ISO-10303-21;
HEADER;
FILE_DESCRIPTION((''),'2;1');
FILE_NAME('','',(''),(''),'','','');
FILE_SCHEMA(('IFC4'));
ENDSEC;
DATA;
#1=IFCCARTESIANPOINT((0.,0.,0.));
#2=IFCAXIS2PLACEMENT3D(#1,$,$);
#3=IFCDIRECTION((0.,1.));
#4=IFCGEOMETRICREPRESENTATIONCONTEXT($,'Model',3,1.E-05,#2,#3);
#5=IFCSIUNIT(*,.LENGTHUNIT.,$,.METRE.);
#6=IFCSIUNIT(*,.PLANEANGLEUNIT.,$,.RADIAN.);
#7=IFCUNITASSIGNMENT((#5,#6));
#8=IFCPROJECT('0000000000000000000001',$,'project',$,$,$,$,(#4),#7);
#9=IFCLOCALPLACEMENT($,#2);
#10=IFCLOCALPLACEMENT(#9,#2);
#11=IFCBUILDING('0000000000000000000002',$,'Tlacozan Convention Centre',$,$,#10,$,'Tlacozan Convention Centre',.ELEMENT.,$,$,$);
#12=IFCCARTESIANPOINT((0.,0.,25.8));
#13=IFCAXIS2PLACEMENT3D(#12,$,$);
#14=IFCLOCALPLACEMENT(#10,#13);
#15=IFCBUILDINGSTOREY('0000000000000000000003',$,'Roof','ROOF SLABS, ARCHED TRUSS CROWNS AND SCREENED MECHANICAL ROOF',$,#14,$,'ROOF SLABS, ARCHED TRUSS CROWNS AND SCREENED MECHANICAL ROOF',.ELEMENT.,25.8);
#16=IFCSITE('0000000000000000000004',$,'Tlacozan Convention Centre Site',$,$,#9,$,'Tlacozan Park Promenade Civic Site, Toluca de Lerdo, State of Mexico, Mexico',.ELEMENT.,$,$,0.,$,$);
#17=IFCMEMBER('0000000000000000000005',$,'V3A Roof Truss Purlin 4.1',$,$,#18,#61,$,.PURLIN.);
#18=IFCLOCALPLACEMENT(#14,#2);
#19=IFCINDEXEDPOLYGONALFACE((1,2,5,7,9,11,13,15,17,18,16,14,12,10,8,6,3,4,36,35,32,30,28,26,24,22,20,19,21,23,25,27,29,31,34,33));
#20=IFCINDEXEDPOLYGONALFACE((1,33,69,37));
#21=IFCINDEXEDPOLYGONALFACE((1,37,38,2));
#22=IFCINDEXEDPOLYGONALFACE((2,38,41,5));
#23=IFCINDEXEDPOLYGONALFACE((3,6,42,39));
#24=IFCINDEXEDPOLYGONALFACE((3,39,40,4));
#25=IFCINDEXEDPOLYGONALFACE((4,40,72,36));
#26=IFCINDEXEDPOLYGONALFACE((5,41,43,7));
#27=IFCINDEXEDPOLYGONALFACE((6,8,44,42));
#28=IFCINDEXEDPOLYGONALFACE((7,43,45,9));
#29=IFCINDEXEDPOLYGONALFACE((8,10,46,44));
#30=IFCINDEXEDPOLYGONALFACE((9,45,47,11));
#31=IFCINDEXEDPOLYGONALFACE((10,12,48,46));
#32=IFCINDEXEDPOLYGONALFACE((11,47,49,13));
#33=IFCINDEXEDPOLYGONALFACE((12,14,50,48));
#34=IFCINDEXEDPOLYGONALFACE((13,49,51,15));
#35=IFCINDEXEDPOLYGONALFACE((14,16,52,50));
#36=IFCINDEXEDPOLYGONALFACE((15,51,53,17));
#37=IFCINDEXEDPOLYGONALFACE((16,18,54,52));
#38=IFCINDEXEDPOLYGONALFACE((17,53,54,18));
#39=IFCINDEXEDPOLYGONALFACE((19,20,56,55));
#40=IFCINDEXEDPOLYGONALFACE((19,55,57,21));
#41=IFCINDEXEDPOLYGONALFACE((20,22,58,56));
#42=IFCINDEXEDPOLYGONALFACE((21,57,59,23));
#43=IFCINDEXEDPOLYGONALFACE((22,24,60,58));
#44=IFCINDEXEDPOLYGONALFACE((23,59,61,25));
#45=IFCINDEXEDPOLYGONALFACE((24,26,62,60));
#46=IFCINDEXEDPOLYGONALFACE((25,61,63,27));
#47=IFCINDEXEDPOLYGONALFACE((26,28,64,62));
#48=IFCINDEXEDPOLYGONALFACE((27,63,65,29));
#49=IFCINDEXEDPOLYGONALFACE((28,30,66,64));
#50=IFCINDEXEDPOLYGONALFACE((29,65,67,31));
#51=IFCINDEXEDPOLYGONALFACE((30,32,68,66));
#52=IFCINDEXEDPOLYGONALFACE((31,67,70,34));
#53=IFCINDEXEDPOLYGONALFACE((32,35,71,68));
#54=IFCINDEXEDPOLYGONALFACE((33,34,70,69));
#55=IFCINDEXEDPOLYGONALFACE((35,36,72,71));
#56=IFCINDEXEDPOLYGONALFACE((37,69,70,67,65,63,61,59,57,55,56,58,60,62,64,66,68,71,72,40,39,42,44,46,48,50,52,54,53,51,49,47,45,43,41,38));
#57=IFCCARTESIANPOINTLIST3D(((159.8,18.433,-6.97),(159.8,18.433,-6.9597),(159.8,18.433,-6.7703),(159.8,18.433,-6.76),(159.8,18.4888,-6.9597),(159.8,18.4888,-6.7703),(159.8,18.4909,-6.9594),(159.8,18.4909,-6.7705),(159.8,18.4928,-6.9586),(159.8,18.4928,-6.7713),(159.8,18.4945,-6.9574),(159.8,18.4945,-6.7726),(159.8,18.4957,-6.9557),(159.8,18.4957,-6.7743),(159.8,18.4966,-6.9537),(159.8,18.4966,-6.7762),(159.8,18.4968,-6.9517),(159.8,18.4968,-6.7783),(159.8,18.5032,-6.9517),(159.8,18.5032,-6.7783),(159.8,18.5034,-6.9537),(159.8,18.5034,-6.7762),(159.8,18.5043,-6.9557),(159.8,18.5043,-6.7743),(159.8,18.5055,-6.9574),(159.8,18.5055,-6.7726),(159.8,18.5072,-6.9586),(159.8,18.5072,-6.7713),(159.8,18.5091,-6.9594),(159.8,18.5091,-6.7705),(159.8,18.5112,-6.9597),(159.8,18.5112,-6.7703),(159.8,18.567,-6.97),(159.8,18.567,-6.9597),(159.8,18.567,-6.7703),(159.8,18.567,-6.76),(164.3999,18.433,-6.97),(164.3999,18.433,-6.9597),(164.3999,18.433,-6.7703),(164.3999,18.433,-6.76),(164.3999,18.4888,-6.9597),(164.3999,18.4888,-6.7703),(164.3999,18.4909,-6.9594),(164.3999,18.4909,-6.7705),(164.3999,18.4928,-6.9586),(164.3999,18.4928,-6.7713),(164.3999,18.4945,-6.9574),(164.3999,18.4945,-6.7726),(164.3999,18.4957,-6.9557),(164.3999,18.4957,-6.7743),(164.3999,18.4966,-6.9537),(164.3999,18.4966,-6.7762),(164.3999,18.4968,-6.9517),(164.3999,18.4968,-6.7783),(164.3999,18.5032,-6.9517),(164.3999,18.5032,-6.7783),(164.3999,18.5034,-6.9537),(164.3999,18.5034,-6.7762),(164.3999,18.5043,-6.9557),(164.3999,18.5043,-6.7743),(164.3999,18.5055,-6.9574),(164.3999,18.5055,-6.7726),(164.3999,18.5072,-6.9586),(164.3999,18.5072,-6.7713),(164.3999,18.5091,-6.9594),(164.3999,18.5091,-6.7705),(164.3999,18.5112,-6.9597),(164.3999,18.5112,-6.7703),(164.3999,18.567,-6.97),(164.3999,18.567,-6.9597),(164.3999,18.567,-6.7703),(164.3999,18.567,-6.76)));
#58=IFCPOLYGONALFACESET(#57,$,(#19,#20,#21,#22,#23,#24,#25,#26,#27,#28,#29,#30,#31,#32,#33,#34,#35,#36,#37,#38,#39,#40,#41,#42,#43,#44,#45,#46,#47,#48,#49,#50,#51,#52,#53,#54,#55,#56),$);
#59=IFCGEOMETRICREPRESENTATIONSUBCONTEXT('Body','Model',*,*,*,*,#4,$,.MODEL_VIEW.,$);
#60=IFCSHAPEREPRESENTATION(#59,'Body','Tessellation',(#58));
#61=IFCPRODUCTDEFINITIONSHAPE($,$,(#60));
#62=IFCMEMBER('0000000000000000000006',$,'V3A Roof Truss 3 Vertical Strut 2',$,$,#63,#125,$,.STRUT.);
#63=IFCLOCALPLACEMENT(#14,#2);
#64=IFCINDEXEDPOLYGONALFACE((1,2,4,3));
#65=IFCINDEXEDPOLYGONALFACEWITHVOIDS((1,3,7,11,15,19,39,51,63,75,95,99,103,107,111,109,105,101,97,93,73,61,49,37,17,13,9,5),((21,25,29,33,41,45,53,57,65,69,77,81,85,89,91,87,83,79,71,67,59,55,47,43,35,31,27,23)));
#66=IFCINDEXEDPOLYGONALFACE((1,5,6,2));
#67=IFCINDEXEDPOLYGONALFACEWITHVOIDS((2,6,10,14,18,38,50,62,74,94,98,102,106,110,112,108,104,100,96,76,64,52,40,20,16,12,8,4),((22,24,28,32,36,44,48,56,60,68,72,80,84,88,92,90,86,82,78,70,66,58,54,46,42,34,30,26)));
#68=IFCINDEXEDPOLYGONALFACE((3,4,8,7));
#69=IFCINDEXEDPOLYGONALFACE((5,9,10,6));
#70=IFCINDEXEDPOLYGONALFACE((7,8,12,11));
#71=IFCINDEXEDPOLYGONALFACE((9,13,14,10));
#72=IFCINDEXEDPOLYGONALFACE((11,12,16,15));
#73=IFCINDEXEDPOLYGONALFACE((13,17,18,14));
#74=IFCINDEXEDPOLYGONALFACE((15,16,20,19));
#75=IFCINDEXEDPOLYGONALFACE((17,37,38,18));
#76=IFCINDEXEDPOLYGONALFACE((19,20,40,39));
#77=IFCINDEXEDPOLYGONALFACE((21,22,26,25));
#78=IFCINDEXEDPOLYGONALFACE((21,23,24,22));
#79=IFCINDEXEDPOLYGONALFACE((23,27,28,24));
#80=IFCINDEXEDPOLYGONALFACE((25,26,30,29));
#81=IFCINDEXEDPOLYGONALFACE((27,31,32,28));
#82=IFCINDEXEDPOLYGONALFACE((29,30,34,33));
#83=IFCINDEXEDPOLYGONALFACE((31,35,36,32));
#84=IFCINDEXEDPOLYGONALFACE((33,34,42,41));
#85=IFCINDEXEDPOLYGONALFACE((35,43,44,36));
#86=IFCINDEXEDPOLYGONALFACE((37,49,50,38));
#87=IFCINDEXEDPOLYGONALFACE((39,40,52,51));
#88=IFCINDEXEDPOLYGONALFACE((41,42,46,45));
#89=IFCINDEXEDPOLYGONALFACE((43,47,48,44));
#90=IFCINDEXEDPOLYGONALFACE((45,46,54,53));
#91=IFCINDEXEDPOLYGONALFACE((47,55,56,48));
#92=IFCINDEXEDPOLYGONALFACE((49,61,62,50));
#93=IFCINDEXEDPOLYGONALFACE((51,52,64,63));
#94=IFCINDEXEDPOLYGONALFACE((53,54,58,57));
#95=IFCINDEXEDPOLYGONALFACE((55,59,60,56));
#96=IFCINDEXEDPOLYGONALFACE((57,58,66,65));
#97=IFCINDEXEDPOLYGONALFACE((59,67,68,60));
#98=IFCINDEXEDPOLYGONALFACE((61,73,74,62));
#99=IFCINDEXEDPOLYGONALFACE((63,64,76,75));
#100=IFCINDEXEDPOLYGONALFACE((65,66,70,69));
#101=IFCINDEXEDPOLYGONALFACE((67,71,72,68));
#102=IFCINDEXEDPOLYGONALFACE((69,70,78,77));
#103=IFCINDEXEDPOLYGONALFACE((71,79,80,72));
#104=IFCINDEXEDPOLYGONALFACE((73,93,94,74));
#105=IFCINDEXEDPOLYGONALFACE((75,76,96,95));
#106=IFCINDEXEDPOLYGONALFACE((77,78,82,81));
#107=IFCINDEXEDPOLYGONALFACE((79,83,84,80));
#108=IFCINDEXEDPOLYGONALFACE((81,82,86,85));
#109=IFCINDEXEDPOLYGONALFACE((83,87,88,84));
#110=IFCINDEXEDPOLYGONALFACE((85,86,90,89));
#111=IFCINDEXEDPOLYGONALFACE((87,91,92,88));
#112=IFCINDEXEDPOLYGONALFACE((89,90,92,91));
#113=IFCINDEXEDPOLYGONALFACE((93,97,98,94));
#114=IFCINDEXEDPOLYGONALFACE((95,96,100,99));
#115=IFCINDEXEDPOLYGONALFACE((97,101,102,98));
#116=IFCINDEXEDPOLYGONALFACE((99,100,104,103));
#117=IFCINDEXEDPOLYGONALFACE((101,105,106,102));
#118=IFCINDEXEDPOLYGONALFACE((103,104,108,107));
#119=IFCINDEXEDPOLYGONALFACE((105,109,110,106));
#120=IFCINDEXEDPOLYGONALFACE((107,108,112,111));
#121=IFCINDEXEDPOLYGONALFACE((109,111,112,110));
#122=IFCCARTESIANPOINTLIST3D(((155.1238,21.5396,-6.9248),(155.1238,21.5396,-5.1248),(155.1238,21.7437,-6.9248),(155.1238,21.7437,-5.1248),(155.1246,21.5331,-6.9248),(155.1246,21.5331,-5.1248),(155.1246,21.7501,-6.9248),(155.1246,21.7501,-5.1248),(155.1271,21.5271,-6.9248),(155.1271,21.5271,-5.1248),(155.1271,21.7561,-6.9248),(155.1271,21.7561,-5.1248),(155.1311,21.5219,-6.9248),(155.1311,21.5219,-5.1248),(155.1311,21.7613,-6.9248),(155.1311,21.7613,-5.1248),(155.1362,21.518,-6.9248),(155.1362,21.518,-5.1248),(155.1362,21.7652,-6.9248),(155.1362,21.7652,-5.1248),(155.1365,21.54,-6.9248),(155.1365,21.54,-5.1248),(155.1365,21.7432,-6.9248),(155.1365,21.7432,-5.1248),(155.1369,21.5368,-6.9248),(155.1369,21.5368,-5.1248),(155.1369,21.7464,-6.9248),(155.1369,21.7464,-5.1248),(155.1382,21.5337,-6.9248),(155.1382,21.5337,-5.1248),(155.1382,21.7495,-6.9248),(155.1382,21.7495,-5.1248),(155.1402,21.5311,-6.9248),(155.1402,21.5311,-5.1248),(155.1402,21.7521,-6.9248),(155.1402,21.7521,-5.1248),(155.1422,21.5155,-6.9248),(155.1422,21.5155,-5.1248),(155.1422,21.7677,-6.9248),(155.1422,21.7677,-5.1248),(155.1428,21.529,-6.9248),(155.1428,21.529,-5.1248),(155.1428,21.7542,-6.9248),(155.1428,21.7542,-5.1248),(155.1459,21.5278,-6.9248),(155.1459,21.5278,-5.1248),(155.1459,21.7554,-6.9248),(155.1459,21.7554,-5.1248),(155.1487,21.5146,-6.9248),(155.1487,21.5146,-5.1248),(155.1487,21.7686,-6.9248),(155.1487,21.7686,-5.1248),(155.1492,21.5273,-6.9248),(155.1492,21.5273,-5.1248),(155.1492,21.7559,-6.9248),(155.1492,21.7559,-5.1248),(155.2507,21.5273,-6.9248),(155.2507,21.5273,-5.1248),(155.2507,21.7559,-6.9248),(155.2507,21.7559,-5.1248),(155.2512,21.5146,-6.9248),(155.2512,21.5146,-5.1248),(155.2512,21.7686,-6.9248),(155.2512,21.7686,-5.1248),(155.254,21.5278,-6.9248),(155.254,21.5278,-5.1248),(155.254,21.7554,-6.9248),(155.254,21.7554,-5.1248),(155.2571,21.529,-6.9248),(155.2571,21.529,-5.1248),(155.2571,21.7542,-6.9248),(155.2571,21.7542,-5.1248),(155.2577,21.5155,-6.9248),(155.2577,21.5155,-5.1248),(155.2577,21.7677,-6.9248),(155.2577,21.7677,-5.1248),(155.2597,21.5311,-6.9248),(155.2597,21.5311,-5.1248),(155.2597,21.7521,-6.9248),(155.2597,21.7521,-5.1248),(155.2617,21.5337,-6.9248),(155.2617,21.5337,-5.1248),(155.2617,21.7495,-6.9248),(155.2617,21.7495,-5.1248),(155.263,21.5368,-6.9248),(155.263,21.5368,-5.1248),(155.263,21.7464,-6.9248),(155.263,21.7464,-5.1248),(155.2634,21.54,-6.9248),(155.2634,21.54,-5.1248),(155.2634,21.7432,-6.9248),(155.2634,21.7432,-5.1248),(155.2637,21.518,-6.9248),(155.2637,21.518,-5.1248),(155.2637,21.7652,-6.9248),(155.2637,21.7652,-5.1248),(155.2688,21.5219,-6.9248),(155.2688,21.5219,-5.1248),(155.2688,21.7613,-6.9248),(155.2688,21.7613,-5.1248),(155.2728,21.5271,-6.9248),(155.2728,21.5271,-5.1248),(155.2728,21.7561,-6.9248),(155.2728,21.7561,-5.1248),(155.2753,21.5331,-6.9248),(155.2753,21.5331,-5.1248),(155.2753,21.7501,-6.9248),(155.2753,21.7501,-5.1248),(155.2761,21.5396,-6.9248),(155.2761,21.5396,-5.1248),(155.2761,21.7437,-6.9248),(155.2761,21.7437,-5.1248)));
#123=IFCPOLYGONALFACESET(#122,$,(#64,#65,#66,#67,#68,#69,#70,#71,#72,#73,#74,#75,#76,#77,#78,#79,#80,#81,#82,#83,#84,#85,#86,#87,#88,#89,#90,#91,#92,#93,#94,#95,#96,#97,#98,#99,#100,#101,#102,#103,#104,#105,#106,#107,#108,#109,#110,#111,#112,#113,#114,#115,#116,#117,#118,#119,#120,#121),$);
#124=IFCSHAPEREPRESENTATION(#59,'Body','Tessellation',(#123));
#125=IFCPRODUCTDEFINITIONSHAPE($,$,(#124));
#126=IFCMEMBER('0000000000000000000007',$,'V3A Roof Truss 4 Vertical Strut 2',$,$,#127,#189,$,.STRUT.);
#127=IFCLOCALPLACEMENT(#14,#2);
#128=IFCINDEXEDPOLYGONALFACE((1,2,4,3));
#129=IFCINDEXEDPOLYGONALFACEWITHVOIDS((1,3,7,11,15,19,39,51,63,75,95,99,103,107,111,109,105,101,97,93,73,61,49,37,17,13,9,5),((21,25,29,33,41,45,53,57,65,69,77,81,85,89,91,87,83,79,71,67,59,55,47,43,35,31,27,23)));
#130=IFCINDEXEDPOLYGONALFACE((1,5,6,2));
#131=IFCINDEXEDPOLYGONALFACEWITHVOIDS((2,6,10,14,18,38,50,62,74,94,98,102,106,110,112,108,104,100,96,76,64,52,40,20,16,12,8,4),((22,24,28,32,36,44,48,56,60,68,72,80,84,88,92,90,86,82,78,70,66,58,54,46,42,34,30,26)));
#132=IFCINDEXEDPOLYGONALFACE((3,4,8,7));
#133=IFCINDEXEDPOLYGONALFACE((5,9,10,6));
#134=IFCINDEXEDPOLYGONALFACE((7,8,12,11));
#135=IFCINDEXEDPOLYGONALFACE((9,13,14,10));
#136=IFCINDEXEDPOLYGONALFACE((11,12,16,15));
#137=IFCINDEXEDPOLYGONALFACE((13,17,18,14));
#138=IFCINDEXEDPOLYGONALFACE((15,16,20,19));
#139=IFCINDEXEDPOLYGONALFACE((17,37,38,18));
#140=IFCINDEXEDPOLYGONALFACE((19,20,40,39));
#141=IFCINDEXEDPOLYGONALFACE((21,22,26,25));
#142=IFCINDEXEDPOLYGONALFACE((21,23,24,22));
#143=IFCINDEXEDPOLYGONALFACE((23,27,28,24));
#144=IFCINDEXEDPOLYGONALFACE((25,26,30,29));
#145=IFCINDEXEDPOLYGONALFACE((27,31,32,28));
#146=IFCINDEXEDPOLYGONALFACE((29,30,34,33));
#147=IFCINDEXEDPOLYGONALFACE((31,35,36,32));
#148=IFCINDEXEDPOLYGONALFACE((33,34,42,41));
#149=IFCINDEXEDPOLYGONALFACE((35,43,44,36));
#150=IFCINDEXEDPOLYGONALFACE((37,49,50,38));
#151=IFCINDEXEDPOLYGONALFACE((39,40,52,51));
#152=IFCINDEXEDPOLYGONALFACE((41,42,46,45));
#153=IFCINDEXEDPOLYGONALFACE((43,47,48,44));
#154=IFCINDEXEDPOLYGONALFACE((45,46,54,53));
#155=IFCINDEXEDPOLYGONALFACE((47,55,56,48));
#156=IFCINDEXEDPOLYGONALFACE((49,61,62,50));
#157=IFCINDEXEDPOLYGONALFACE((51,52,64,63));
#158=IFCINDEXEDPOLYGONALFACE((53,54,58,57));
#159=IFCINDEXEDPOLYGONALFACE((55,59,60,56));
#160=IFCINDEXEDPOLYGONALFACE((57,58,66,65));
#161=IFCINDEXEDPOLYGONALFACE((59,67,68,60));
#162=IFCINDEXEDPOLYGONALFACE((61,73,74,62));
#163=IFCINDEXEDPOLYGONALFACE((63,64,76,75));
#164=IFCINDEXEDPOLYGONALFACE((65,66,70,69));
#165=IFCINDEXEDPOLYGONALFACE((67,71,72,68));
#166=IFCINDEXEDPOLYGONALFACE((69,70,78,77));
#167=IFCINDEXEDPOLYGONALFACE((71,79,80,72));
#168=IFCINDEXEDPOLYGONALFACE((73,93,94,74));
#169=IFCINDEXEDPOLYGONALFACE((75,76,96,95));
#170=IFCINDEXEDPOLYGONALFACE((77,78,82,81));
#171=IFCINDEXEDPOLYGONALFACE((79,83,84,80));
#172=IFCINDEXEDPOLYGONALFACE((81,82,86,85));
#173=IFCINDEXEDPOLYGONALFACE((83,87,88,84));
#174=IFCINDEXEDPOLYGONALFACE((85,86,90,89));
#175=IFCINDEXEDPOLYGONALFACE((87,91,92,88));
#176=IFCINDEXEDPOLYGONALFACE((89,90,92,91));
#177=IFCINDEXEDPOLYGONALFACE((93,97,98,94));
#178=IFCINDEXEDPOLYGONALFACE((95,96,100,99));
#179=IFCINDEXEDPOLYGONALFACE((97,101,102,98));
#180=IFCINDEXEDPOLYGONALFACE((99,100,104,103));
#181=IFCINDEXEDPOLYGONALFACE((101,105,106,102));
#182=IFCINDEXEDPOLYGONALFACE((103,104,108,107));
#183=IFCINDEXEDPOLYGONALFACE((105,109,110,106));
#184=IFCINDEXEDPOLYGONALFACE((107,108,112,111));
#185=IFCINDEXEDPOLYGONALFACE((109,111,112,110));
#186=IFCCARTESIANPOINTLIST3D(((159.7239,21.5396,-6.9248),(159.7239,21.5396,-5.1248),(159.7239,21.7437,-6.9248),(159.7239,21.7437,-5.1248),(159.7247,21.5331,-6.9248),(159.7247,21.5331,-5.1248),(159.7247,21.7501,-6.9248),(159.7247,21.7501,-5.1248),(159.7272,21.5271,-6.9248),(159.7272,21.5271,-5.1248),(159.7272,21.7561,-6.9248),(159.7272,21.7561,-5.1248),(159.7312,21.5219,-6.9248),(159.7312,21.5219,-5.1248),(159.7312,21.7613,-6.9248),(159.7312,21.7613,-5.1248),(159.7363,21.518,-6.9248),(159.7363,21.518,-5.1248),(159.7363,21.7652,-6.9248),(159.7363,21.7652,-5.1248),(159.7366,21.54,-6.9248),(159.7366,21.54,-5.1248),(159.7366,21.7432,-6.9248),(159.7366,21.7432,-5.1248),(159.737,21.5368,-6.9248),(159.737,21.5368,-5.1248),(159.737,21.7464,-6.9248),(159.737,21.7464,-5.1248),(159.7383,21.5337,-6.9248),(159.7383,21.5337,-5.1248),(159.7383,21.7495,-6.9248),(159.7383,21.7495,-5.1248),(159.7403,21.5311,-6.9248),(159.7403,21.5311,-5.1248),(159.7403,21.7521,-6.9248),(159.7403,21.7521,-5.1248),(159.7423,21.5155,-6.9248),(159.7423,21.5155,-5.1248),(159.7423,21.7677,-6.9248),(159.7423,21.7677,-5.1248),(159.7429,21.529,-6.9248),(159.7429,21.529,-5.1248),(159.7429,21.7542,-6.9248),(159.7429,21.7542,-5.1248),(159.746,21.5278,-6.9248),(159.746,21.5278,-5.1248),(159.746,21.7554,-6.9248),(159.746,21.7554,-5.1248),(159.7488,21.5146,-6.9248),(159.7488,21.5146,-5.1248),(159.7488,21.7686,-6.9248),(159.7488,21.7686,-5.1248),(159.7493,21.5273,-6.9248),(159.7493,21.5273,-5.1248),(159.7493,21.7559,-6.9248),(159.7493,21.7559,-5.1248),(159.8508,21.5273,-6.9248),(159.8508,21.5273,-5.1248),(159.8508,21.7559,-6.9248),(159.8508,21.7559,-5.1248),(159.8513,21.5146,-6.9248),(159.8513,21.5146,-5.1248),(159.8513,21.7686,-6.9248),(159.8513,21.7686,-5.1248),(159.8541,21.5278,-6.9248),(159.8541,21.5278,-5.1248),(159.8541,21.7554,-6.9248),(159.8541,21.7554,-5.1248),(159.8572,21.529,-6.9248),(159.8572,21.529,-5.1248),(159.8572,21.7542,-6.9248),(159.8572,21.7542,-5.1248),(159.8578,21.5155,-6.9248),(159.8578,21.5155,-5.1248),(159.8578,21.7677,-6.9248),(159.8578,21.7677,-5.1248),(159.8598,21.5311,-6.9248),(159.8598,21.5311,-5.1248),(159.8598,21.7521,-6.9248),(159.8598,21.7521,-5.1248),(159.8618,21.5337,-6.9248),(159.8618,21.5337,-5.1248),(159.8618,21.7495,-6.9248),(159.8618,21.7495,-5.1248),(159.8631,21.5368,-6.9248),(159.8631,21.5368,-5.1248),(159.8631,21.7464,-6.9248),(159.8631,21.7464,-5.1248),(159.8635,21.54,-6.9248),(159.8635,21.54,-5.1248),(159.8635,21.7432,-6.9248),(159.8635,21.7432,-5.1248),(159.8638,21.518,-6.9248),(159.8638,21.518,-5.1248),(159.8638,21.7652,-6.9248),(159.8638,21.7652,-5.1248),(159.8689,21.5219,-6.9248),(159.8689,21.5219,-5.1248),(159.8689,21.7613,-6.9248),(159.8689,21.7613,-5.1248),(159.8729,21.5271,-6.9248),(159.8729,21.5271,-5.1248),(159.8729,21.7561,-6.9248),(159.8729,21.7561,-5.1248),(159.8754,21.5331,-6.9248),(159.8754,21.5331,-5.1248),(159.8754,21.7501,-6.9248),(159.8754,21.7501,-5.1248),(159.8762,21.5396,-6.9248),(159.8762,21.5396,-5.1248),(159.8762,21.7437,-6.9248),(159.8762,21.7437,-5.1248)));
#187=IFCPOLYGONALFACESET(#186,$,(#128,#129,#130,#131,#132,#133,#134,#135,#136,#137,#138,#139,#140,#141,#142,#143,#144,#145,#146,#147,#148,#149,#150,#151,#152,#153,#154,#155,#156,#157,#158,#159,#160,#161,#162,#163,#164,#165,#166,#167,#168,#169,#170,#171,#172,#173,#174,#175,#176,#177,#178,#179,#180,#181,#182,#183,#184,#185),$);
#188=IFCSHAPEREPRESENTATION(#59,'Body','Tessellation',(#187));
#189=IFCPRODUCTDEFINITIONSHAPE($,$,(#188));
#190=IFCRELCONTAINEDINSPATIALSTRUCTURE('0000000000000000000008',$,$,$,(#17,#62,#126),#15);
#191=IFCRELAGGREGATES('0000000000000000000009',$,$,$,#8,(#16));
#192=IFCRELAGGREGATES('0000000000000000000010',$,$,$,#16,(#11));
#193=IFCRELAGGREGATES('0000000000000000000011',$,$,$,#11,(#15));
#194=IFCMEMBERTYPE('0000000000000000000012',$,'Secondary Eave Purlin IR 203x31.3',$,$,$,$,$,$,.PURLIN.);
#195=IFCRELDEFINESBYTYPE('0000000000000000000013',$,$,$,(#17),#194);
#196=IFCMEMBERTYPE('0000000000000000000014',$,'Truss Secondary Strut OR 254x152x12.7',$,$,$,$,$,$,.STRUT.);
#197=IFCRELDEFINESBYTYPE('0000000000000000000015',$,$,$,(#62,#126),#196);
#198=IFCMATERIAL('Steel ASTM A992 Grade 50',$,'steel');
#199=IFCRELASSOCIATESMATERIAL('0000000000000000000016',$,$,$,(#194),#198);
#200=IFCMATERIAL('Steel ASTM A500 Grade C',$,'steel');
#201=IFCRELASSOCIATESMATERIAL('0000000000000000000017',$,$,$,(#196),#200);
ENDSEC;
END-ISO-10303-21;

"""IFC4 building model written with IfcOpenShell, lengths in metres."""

from ifc_helpers import new_model, si_unit, direction, frame, origin, origin_2d, place, context, subcontext, project, spatial, hollow_rectangle, i_section, extrude, material, material_profile, profile_set, type_object, element, save


model = new_model("IFC4")

# Units and contexts
model_context = context("Model", 3, precision=1e-05, world=origin(), true_north=direction((0.0, 1.0)))
body_context = subcontext(model_context, "Body", "Model", "MODEL_VIEW")
ifc_project = project(units=[si_unit("LENGTHUNIT", "METRE"), si_unit("PLANEANGLEUNIT", "RADIAN")], contexts=[model_context])

# Site, building, storey
site_placement = place(None, origin())
site = spatial("IfcSite", under=ifc_project, at=site_placement, Name="Tlacozan Convention Centre Site", LongName="Tlacozan Park Promenade Civic Site, Toluca de Lerdo, State of Mexico, Mexico", CompositionType="ELEMENT", RefElevation=0.0)
building_placement = place(site_placement, origin())
building = spatial("IfcBuilding", under=site, at=building_placement, Name="Tlacozan Convention Centre", LongName="Tlacozan Convention Centre", CompositionType="ELEMENT")
storey_placement = place(building_placement, frame((0.0, 0.0, 25.8)))
storey = spatial("IfcBuildingStorey", under=building, at=storey_placement, Name="Roof", Description="ROOF SLABS, ARCHED TRUSS CROWNS AND SCREENED MECHANICAL ROOF", LongName="ROOF SLABS, ARCHED TRUSS CROWNS AND SCREENED MECHANICAL ROOF", CompositionType="ELEMENT", Elevation=25.8)

# Members
ifc_material_1 = material(Name="Steel ASTM A500 Grade C", Category="steel")
ifc_material_2 = material(Name="Steel ASTM A992 Grade 50", Category="steel")
ifc_material_profile_1 = material_profile(ifc_material_2, i_section(OverallWidth=0.134, OverallDepth=0.21, WebThickness=0.0063, FlangeThickness=0.0103, FilletRadius=0.0081, at=origin_2d()), Name="IR 203x31.3")
ifc_profile_set_1 = profile_set([ifc_material_profile_1], Name="Steel ASTM A992 Grade 50")
member_type_1 = type_object("IfcMemberType", Name="Secondary Eave Purlin IR 203x31.3", PredefinedType="PURLIN", material=ifc_profile_set_1)
member_1_placement = place(storey_placement, frame((159.8, 18.5, -6.865), z_axis=(1.0, 0.0, 0.0), x_axis=(0.0, 1.0, 0.0)))
element("IfcMember", 1, at=member_1_placement, inside=storey, type_object=member_type_1, Name="V3A Roof Truss Purlin 4.1", PredefinedType="PURLIN", context=body_context, shape_type="SweptSolid", body=[
    extrude(i_section(OverallWidth=0.134, OverallDepth=0.21, WebThickness=0.0063, FlangeThickness=0.0103, FilletRadius=0.0081, at=origin_2d()), origin(), (0.0, 0.0, 1.0), 4.5999),
])
ifc_material_profile_2 = material_profile(ifc_material_1, hollow_rectangle(XDim=0.1523, YDim=0.2539, WallThickness=0.0127, InnerFilletRadius=0.0127, OuterFilletRadius=0.0249, at=origin_2d()), Name="OR 254x152x12.7")
ifc_profile_set_2 = profile_set([ifc_material_profile_2], Name="Steel ASTM A500 Grade C")
member_type_2 = type_object("IfcMemberType", Name="Truss Secondary Strut OR 254x152x12.7", PredefinedType="STRUT", material=ifc_profile_set_2)
for number, where, z_axis, x_axis, name in (
    (2, (155.2, 21.6416, -6.9248), (0.0, 0.0, 1.0), (1.0, 0.0, 0.0), "V3A Roof Truss 3 Vertical Strut 2"),
    (3, (159.8, 21.6416, -6.9248), (0.0, 0.0, 1.0), (1.0, 0.0, 0.0), "V3A Roof Truss 4 Vertical Strut 2"),
):
    element("IfcMember", number, at=place(storey_placement, frame(where, z_axis=z_axis, x_axis=x_axis)), inside=storey, type_object=member_type_2, Name=name, PredefinedType="STRUT", context=body_context, shape_type="SweptSolid", body=[
        extrude(hollow_rectangle(XDim=0.1523, YDim=0.2539, WallThickness=0.0127, InnerFilletRadius=0.0127, OuterFilletRadius=0.0249, at=origin_2d()), origin(), (0.0, 0.0, 1.0), 1.8),
    ])

save(model, "model.ifc")
